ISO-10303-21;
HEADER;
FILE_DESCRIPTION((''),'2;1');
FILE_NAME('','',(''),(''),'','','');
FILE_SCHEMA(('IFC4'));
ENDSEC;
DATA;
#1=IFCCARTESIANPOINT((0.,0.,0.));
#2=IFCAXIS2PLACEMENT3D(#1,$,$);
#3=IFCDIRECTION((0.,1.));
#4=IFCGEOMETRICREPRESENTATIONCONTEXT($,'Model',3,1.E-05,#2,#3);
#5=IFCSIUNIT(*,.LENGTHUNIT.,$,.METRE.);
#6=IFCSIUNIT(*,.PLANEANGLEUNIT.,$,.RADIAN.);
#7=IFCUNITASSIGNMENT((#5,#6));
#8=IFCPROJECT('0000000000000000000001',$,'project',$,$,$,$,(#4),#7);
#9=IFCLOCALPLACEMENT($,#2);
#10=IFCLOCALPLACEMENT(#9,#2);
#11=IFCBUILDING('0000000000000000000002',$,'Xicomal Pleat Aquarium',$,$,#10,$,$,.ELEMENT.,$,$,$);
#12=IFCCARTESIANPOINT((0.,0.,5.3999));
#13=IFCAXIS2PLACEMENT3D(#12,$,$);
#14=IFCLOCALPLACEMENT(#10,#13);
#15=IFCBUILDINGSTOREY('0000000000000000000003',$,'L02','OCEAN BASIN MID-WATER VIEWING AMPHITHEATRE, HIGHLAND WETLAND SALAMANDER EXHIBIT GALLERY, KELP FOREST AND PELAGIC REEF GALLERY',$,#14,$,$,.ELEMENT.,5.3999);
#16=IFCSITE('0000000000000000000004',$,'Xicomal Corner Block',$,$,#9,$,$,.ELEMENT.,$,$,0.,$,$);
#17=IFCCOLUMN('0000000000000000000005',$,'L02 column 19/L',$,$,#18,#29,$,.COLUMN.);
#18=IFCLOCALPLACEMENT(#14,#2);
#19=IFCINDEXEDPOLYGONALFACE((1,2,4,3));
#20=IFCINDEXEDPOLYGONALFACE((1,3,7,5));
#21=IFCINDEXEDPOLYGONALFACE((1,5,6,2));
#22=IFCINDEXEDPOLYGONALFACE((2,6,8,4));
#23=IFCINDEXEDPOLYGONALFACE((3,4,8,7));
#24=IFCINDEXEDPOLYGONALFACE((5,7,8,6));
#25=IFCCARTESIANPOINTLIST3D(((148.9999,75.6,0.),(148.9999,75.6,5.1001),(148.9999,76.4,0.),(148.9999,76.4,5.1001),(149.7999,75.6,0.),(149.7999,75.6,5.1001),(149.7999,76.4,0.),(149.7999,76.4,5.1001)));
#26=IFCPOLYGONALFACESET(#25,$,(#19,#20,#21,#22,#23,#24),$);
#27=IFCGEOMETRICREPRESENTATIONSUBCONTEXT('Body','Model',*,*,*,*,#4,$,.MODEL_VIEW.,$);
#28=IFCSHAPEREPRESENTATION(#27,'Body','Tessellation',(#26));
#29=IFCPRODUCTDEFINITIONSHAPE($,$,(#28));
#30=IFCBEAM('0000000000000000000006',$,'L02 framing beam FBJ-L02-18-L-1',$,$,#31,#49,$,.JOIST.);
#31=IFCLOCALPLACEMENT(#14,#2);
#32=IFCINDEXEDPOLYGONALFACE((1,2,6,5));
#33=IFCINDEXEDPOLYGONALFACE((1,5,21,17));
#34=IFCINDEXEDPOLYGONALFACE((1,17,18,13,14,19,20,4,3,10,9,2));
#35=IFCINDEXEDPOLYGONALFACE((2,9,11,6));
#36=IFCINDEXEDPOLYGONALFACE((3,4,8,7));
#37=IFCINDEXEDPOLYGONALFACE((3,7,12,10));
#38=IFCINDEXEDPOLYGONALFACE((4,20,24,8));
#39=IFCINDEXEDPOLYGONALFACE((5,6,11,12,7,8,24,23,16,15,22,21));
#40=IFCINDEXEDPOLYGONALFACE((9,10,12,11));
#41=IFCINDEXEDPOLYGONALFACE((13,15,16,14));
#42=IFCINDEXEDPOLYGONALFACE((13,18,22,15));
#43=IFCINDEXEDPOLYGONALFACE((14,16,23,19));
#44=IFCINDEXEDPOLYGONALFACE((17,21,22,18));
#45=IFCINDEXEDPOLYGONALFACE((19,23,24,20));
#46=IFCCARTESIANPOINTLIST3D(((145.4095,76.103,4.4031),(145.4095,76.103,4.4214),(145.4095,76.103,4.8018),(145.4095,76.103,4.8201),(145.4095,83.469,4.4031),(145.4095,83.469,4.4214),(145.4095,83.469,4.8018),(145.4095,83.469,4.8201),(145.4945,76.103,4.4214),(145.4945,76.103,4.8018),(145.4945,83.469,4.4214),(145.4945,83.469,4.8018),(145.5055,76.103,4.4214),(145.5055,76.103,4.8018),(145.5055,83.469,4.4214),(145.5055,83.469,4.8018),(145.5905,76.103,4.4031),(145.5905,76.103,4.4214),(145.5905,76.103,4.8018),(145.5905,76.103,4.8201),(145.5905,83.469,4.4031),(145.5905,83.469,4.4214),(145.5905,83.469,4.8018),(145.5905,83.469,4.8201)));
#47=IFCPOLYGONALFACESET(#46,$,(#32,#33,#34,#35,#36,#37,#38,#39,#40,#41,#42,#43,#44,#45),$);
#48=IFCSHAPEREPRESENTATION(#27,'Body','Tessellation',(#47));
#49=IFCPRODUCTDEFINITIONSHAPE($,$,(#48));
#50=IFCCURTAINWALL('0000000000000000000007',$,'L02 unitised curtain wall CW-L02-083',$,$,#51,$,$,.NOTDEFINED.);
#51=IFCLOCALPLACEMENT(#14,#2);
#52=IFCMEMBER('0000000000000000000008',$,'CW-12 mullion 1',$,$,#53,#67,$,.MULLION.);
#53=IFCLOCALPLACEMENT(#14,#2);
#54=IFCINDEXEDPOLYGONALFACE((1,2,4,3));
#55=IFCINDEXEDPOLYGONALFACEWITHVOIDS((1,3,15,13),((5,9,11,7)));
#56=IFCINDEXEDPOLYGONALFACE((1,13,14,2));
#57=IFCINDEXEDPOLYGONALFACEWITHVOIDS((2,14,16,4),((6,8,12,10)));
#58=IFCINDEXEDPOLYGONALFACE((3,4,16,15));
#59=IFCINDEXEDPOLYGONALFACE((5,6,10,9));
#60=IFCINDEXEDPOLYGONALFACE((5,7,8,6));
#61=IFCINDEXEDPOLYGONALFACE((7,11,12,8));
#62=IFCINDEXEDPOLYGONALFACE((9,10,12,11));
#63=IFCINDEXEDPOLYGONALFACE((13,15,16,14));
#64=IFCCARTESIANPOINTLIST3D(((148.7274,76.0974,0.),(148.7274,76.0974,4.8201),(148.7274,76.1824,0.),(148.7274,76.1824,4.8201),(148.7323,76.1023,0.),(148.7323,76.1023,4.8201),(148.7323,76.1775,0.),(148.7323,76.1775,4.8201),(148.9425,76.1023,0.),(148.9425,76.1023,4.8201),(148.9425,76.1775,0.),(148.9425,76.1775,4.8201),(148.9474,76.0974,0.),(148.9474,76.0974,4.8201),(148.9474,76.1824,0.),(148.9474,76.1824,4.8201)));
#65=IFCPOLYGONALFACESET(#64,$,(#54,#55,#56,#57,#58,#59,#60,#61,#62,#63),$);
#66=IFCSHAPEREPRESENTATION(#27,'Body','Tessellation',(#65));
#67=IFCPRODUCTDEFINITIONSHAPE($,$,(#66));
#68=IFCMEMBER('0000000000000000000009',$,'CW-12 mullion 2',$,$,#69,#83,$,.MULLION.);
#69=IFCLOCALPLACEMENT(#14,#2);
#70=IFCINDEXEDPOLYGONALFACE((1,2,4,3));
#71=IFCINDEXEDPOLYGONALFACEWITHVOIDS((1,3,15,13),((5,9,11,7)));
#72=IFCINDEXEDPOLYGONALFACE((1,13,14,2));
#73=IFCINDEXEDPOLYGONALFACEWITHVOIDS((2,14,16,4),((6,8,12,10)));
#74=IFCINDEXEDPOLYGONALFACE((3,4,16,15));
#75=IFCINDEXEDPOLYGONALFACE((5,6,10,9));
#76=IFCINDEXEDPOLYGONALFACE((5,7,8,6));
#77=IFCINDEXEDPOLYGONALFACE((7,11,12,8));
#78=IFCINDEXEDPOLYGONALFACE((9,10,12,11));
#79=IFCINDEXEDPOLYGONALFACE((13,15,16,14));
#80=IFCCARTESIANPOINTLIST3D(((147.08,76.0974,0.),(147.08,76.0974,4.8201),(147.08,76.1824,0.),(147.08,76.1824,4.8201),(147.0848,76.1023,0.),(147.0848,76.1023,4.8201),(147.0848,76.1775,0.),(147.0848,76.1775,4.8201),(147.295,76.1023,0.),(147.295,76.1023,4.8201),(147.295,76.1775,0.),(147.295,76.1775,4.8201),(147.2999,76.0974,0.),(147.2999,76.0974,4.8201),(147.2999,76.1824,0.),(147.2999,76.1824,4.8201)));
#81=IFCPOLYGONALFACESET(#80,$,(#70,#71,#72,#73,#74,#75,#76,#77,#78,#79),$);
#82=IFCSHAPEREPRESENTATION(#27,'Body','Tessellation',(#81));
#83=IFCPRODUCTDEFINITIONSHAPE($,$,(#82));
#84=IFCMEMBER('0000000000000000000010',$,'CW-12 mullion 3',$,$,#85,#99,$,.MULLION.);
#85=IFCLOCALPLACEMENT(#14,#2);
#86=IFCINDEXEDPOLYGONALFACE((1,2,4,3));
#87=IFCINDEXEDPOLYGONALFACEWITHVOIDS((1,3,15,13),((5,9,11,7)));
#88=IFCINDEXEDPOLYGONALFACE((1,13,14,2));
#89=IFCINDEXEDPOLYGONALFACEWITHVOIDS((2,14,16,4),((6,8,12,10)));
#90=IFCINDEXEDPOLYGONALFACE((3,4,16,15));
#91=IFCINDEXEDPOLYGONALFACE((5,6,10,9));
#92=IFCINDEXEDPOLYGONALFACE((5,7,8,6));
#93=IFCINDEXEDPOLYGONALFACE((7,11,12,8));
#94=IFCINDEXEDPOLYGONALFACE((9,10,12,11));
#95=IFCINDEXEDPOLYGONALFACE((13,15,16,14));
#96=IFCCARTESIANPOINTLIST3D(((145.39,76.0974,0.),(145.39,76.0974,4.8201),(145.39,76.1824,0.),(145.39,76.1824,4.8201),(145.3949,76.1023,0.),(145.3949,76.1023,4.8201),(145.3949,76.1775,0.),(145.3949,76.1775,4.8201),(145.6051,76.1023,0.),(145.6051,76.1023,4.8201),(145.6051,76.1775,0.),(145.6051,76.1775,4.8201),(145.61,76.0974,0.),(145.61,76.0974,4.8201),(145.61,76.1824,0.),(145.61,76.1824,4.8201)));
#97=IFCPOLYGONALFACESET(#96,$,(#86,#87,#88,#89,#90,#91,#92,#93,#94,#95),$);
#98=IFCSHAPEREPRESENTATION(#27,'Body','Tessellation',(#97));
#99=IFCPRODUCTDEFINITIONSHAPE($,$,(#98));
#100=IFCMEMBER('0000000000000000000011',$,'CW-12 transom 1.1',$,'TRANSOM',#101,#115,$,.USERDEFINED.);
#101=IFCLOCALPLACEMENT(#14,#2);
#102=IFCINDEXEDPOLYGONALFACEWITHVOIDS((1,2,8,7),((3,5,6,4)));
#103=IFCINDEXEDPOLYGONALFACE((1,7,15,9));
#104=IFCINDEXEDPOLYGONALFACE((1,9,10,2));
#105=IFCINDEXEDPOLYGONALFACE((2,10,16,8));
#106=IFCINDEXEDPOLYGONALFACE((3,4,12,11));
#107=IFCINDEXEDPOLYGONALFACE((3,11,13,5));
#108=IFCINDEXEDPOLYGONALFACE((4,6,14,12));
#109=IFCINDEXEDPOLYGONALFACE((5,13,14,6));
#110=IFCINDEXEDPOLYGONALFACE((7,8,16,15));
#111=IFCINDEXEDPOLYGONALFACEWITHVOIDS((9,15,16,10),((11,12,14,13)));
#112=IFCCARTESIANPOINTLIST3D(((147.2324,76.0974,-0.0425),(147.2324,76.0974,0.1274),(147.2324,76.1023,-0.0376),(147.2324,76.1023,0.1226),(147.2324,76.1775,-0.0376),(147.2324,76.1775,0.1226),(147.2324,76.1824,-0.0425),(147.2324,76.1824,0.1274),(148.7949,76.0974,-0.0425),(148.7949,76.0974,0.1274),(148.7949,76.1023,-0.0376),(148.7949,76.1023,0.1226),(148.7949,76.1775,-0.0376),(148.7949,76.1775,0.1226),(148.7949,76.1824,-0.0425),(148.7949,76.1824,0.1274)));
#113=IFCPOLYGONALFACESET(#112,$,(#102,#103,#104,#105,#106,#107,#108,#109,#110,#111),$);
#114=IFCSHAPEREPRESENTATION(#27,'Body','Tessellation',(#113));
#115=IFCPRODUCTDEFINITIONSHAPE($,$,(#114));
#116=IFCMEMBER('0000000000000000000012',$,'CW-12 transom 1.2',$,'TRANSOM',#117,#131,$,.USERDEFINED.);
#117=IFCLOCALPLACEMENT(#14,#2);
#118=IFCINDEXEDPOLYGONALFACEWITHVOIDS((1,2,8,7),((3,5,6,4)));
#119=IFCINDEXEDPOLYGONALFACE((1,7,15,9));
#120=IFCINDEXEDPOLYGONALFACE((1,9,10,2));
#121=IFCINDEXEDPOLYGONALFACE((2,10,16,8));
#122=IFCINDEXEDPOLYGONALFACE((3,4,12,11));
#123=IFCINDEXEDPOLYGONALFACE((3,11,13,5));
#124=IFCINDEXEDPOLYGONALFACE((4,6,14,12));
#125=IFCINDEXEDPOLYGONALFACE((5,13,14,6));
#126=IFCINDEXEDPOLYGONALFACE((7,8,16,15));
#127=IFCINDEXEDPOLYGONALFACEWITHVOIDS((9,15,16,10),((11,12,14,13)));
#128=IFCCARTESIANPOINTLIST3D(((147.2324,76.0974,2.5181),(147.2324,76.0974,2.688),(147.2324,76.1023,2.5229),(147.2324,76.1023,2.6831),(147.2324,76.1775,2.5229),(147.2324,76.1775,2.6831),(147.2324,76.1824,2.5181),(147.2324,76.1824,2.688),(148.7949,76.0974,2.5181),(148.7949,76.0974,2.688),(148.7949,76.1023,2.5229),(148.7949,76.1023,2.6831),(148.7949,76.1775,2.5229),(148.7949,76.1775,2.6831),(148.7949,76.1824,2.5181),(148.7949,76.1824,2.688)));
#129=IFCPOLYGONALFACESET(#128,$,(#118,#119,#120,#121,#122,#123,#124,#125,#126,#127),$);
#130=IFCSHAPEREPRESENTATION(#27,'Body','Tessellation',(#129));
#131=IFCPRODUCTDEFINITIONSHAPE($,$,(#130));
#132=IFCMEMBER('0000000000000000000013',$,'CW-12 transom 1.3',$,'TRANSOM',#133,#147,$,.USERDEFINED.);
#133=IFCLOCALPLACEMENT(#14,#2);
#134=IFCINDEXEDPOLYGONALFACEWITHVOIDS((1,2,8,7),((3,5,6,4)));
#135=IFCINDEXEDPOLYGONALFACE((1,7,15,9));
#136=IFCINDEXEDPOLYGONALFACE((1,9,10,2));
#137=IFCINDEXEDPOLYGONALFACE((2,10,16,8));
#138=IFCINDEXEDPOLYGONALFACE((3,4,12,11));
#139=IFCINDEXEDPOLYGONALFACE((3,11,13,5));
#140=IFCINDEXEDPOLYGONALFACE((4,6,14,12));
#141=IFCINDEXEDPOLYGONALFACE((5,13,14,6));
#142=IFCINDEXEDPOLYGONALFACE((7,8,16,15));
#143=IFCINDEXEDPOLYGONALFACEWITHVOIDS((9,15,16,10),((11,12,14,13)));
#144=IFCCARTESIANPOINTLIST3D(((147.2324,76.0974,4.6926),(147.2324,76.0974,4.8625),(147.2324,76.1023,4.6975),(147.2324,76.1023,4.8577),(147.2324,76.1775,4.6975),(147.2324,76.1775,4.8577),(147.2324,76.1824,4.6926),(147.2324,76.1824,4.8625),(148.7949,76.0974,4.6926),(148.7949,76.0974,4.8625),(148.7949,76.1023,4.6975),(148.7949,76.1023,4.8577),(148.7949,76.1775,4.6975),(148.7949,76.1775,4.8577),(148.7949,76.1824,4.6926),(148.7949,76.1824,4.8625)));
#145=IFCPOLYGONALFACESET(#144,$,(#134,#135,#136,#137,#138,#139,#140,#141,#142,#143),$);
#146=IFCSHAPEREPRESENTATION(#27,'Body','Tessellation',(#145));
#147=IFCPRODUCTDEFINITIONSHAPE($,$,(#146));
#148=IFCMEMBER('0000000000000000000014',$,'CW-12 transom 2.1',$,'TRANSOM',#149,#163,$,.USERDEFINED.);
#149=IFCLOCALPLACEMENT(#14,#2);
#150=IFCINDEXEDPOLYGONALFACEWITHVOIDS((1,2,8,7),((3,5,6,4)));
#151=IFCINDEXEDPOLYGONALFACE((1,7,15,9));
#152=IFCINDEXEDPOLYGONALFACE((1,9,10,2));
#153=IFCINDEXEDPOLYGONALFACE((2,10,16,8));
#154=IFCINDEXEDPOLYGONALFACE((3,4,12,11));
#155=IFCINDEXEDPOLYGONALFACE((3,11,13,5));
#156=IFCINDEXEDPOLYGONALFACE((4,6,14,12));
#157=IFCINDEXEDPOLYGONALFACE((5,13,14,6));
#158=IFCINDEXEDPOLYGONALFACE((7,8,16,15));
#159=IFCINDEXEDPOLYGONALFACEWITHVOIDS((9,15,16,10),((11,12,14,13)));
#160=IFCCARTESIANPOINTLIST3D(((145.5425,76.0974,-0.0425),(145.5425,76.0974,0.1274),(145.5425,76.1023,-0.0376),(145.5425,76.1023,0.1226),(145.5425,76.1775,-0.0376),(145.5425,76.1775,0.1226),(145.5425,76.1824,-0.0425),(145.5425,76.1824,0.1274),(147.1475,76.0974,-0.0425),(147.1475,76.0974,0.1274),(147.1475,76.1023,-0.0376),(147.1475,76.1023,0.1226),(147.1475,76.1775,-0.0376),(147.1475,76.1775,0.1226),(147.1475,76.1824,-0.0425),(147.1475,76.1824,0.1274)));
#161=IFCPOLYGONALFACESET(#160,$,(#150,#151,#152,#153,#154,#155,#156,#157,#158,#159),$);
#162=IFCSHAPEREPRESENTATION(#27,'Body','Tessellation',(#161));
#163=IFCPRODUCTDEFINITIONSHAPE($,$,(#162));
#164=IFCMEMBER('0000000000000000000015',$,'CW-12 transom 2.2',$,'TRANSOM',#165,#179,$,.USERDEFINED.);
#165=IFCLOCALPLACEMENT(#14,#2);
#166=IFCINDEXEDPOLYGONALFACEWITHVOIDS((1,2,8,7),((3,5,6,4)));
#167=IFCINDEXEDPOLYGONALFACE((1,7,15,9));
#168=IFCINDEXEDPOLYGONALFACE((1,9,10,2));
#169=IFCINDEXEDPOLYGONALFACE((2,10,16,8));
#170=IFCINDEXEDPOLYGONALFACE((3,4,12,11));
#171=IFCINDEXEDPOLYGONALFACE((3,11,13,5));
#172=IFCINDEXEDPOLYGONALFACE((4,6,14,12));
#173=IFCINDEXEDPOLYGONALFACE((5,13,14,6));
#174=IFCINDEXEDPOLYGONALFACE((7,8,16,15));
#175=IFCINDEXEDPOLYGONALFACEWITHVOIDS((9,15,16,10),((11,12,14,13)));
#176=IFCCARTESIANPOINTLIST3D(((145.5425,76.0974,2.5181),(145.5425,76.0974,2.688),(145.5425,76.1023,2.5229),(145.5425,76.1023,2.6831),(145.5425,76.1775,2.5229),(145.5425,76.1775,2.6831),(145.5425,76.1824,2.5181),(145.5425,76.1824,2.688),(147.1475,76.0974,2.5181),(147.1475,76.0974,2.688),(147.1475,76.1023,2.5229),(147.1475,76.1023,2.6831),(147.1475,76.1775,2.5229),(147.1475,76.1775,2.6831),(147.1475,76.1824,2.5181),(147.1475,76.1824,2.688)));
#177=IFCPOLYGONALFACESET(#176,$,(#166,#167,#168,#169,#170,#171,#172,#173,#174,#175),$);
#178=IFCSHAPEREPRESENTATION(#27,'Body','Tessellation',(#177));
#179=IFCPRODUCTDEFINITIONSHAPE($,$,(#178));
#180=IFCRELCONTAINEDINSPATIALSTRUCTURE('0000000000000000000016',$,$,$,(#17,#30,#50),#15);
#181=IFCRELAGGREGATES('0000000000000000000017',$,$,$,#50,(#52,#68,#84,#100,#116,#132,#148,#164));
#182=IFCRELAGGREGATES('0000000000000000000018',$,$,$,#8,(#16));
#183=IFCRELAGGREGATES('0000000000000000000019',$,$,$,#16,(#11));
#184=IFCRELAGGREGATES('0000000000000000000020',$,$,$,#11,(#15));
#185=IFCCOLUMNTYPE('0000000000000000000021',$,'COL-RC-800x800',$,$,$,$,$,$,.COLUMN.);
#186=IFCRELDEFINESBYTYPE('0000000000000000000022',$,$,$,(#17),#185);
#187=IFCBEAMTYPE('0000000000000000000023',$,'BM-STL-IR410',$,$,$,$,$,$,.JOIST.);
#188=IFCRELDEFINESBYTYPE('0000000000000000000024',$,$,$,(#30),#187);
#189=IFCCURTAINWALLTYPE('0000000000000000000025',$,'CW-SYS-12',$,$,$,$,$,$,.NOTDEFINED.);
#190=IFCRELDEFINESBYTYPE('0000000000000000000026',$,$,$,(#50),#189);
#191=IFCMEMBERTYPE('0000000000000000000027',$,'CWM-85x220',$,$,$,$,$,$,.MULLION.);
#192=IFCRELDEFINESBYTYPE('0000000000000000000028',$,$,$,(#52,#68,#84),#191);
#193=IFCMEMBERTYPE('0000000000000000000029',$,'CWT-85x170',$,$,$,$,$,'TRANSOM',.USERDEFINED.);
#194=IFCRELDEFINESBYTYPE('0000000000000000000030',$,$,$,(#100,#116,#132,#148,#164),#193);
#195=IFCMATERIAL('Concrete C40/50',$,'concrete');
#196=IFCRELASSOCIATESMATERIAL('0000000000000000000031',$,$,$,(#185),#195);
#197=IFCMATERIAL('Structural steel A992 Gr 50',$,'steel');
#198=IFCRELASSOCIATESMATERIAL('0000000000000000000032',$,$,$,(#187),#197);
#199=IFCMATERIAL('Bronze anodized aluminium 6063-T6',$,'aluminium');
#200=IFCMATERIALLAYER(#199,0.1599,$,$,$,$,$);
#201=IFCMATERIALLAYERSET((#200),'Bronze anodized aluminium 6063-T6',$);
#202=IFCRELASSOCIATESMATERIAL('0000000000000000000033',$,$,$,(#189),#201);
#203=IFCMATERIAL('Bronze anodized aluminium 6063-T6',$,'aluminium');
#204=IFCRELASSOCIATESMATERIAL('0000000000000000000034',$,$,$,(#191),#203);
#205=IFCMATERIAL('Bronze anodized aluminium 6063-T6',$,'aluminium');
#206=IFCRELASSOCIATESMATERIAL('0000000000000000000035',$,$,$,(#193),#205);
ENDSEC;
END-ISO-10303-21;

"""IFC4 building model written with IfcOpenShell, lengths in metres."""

from ifc_helpers import new_model, si_unit, direction, frame, origin, origin_2d, place, context, subcontext, project, spatial, rectangle, hollow_rectangle, i_section, extrude, material, layer, layer_set, material_profile, profile_set, type_object, element, aggregate, save


model = new_model("IFC4")

# Units and contexts
model_context = context("Model", 3, precision=1e-05, world=origin(), true_north=direction((0.0, 1.0)))
body_context = subcontext(model_context, "Body", "Model", "MODEL_VIEW")
ifc_project = project(units=[si_unit("LENGTHUNIT", "METRE"), si_unit("PLANEANGLEUNIT", "RADIAN")], contexts=[model_context])

# Site, building, storey
site_placement = place(None, origin())
site = spatial("IfcSite", under=ifc_project, at=site_placement, Name="Xicomal Corner Block", CompositionType="ELEMENT", RefElevation=0.0)
building_placement = place(site_placement, origin())
building = spatial("IfcBuilding", under=site, at=building_placement, Name="Xicomal Pleat Aquarium", CompositionType="ELEMENT")
storey_placement = place(building_placement, frame((0.0, 0.0, 5.3999)))
storey = spatial("IfcBuildingStorey", under=building, at=storey_placement, Name="L02", Description="OCEAN BASIN MID-WATER VIEWING AMPHITHEATRE, HIGHLAND WETLAND SALAMANDER EXHIBIT GALLERY, KELP FOREST AND PELAGIC REEF GALLERY", CompositionType="ELEMENT", Elevation=5.3999)

# Column
ifc_material_1 = material(Name="Concrete C40/50", Category="concrete")
ifc_material_profile_1 = material_profile(ifc_material_1, rectangle(XDim=0.8, YDim=0.8, at=origin_2d()), Name="RC 800x800")
ifc_profile_set_1 = profile_set([ifc_material_profile_1], Name="Concrete C40/50")
column_type = type_object("IfcColumnType", Name="COL-RC-800x800", PredefinedType="COLUMN", material=ifc_profile_set_1)
column_placement = place(storey_placement, frame((149.3999, 76.0, 0.0), z_axis=(0.0, 0.0, 1.0), x_axis=(1.0, 0.0, 0.0)))
element("IfcColumn", 1, at=column_placement, inside=storey, type_object=column_type, Name="L02 column 19/L", PredefinedType="COLUMN", context=body_context, shape_type="SweptSolid", body=[
    extrude(rectangle(XDim=0.8, YDim=0.8, at=origin_2d()), origin(), (0.0, 0.0, 1.0), 5.1001),
])

# Beam
ifc_material_2 = material(Name="Structural steel A992 Gr 50", Category="steel")
ifc_material_profile_2 = material_profile(ifc_material_2, i_section(OverallWidth=0.1809, OverallDepth=0.417, WebThickness=0.011, FlangeThickness=0.0183, at=origin_2d()), Name="IR 410x85")
ifc_profile_set_2 = profile_set([ifc_material_profile_2], Name="Structural steel A992 Gr 50")
beam_type = type_object("IfcBeamType", Name="BM-STL-IR410", PredefinedType="JOIST", material=ifc_profile_set_2)
beam_placement = place(storey_placement, frame((145.5, 76.103, 4.6116), z_axis=(0.0, 1.0, 0.0), x_axis=(-1.0, 0.0, 0.0)))
element("IfcBeam", 2, at=beam_placement, inside=storey, type_object=beam_type, Name="L02 framing beam FBJ-L02-18-L-1", PredefinedType="JOIST", context=body_context, shape_type="SweptSolid", body=[
    extrude(i_section(OverallWidth=0.1809, OverallDepth=0.417, WebThickness=0.011, FlangeThickness=0.0183, at=origin_2d()), origin(), (0.0, 0.0, 1.0), 7.366),
])

# Curtain wall, members
ifc_material_3 = material(Name="Bronze anodized aluminium 6063-T6", Category="aluminium")
ifc_layer_1 = layer(ifc_material_3, 0.1599)
ifc_layer_set_1 = layer_set([ifc_layer_1], Name="Bronze anodized aluminium 6063-T6")
curtain_wall_type = type_object("IfcCurtainWallType", Name="CW-SYS-12", PredefinedType="NOTDEFINED", material=ifc_layer_set_1)
curtain_wall_placement = place(storey_placement, origin())
curtain_wall = element("IfcCurtainWall", 3, at=curtain_wall_placement, inside=storey, type_object=curtain_wall_type, Name="L02 unitised curtain wall CW-L02-083", PredefinedType="NOTDEFINED")
ifc_material_4 = material(Name="Bronze anodized aluminium 6063-T6", Category="aluminium")
ifc_material_profile_3 = material_profile(ifc_material_4, hollow_rectangle(XDim=0.085, YDim=0.22, WallThickness=0.0049, at=origin_2d()), Name="ALU MULL 85x220")
ifc_profile_set_3 = profile_set([ifc_material_profile_3], Name="Bronze anodized aluminium 6063-T6")
member_type_1 = type_object("IfcMemberType", Name="CWM-85x220", PredefinedType="MULLION", material=ifc_profile_set_3)
member_1_placement = place(storey_placement, frame((148.8374, 76.1399, 0.0), z_axis=(0.0, 0.0, 1.0), x_axis=(0.0, -1.0, 0.0)))
member_1 = element("IfcMember", 4, at=member_1_placement, type_object=member_type_1, Name="CW-12 mullion 1", PredefinedType="MULLION", context=body_context, shape_type="SweptSolid", body=[
    extrude(hollow_rectangle(XDim=0.085, YDim=0.22, WallThickness=0.0049, at=origin_2d()), origin(), (0.0, 0.0, 1.0), 4.8201),
])
member_2_placement = place(storey_placement, frame((147.1899, 76.1399, 0.0), z_axis=(0.0, 0.0, 1.0), x_axis=(0.0, -1.0, 0.0)))
member_2 = element("IfcMember", 5, at=member_2_placement, type_object=member_type_1, Name="CW-12 mullion 2", PredefinedType="MULLION", context=body_context, shape_type="SweptSolid", body=[
    extrude(hollow_rectangle(XDim=0.085, YDim=0.22, WallThickness=0.0049, at=origin_2d()), origin(), (0.0, 0.0, 1.0), 4.8201),
])
member_3_placement = place(storey_placement, frame((145.5, 76.1399, 0.0), z_axis=(0.0, 0.0, 1.0), x_axis=(0.0, -1.0, 0.0)))
member_3 = element("IfcMember", 6, at=member_3_placement, type_object=member_type_1, Name="CW-12 mullion 3", PredefinedType="MULLION", context=body_context, shape_type="SweptSolid", body=[
    extrude(hollow_rectangle(XDim=0.085, YDim=0.22, WallThickness=0.0049, at=origin_2d()), origin(), (0.0, 0.0, 1.0), 4.8201),
])
ifc_material_5 = material(Name="Bronze anodized aluminium 6063-T6", Category="aluminium")
ifc_material_profile_4 = material_profile(ifc_material_5, hollow_rectangle(XDim=0.085, YDim=0.1699, WallThickness=0.0049, at=origin_2d()), Name="ALU TRAN 85x170")
ifc_profile_set_4 = profile_set([ifc_material_profile_4], Name="Bronze anodized aluminium 6063-T6")
member_type_2 = type_object("IfcMemberType", Name="CWT-85x170", ElementType="TRANSOM", PredefinedType="USERDEFINED", material=ifc_profile_set_4)
member_4_placement = place(storey_placement, frame((148.7949, 76.1399, 0.0425), z_axis=(-1.0, 0.0, 0.0), x_axis=(0.0, -1.0, 0.0)))
member_4 = element("IfcMember", 7, at=member_4_placement, type_object=member_type_2, Name="CW-12 transom 1.1", ObjectType="TRANSOM", PredefinedType="USERDEFINED", context=body_context, shape_type="SweptSolid", body=[
    extrude(hollow_rectangle(XDim=0.085, YDim=0.1699, WallThickness=0.0049, at=origin_2d()), origin(), (0.0, 0.0, 1.0), 1.5625),
])
member_5_placement = place(storey_placement, frame((148.7949, 76.1399, 2.603), z_axis=(-1.0, 0.0, 0.0), x_axis=(0.0, -1.0, 0.0)))
member_5 = element("IfcMember", 8, at=member_5_placement, type_object=member_type_2, Name="CW-12 transom 1.2", ObjectType="TRANSOM", PredefinedType="USERDEFINED", context=body_context, shape_type="SweptSolid", body=[
    extrude(hollow_rectangle(XDim=0.085, YDim=0.1699, WallThickness=0.0049, at=origin_2d()), origin(), (0.0, 0.0, 1.0), 1.5625),
])
member_6_placement = place(storey_placement, frame((148.7949, 76.1399, 4.7776), z_axis=(-1.0, 0.0, 0.0), x_axis=(0.0, -1.0, 0.0)))
member_6 = element("IfcMember", 9, at=member_6_placement, type_object=member_type_2, Name="CW-12 transom 1.3", ObjectType="TRANSOM", PredefinedType="USERDEFINED", context=body_context, shape_type="SweptSolid", body=[
    extrude(hollow_rectangle(XDim=0.085, YDim=0.1699, WallThickness=0.0049, at=origin_2d()), origin(), (0.0, 0.0, 1.0), 1.5625),
])
member_7_placement = place(storey_placement, frame((147.1475, 76.1399, 0.0425), z_axis=(-1.0, 0.0, 0.0), x_axis=(0.0, -1.0, 0.0)))
member_7 = element("IfcMember", 10, at=member_7_placement, type_object=member_type_2, Name="CW-12 transom 2.1", ObjectType="TRANSOM", PredefinedType="USERDEFINED", context=body_context, shape_type="SweptSolid", body=[
    extrude(hollow_rectangle(XDim=0.085, YDim=0.1699, WallThickness=0.0049, at=origin_2d()), origin(), (0.0, 0.0, 1.0), 1.605),
])
member_8_placement = place(storey_placement, frame((147.1475, 76.1399, 2.603), z_axis=(-1.0, 0.0, 0.0), x_axis=(0.0, -1.0, 0.0)))
member_8 = element("IfcMember", 11, at=member_8_placement, type_object=member_type_2, Name="CW-12 transom 2.2", ObjectType="TRANSOM", PredefinedType="USERDEFINED", context=body_context, shape_type="SweptSolid", body=[
    extrude(hollow_rectangle(XDim=0.085, YDim=0.1699, WallThickness=0.0049, at=origin_2d()), origin(), (0.0, 0.0, 1.0), 1.605),
])
aggregate(curtain_wall, [member_1, member_2, member_3, member_4, member_5, member_6, member_7, member_8])

save(model, "model.ifc")
